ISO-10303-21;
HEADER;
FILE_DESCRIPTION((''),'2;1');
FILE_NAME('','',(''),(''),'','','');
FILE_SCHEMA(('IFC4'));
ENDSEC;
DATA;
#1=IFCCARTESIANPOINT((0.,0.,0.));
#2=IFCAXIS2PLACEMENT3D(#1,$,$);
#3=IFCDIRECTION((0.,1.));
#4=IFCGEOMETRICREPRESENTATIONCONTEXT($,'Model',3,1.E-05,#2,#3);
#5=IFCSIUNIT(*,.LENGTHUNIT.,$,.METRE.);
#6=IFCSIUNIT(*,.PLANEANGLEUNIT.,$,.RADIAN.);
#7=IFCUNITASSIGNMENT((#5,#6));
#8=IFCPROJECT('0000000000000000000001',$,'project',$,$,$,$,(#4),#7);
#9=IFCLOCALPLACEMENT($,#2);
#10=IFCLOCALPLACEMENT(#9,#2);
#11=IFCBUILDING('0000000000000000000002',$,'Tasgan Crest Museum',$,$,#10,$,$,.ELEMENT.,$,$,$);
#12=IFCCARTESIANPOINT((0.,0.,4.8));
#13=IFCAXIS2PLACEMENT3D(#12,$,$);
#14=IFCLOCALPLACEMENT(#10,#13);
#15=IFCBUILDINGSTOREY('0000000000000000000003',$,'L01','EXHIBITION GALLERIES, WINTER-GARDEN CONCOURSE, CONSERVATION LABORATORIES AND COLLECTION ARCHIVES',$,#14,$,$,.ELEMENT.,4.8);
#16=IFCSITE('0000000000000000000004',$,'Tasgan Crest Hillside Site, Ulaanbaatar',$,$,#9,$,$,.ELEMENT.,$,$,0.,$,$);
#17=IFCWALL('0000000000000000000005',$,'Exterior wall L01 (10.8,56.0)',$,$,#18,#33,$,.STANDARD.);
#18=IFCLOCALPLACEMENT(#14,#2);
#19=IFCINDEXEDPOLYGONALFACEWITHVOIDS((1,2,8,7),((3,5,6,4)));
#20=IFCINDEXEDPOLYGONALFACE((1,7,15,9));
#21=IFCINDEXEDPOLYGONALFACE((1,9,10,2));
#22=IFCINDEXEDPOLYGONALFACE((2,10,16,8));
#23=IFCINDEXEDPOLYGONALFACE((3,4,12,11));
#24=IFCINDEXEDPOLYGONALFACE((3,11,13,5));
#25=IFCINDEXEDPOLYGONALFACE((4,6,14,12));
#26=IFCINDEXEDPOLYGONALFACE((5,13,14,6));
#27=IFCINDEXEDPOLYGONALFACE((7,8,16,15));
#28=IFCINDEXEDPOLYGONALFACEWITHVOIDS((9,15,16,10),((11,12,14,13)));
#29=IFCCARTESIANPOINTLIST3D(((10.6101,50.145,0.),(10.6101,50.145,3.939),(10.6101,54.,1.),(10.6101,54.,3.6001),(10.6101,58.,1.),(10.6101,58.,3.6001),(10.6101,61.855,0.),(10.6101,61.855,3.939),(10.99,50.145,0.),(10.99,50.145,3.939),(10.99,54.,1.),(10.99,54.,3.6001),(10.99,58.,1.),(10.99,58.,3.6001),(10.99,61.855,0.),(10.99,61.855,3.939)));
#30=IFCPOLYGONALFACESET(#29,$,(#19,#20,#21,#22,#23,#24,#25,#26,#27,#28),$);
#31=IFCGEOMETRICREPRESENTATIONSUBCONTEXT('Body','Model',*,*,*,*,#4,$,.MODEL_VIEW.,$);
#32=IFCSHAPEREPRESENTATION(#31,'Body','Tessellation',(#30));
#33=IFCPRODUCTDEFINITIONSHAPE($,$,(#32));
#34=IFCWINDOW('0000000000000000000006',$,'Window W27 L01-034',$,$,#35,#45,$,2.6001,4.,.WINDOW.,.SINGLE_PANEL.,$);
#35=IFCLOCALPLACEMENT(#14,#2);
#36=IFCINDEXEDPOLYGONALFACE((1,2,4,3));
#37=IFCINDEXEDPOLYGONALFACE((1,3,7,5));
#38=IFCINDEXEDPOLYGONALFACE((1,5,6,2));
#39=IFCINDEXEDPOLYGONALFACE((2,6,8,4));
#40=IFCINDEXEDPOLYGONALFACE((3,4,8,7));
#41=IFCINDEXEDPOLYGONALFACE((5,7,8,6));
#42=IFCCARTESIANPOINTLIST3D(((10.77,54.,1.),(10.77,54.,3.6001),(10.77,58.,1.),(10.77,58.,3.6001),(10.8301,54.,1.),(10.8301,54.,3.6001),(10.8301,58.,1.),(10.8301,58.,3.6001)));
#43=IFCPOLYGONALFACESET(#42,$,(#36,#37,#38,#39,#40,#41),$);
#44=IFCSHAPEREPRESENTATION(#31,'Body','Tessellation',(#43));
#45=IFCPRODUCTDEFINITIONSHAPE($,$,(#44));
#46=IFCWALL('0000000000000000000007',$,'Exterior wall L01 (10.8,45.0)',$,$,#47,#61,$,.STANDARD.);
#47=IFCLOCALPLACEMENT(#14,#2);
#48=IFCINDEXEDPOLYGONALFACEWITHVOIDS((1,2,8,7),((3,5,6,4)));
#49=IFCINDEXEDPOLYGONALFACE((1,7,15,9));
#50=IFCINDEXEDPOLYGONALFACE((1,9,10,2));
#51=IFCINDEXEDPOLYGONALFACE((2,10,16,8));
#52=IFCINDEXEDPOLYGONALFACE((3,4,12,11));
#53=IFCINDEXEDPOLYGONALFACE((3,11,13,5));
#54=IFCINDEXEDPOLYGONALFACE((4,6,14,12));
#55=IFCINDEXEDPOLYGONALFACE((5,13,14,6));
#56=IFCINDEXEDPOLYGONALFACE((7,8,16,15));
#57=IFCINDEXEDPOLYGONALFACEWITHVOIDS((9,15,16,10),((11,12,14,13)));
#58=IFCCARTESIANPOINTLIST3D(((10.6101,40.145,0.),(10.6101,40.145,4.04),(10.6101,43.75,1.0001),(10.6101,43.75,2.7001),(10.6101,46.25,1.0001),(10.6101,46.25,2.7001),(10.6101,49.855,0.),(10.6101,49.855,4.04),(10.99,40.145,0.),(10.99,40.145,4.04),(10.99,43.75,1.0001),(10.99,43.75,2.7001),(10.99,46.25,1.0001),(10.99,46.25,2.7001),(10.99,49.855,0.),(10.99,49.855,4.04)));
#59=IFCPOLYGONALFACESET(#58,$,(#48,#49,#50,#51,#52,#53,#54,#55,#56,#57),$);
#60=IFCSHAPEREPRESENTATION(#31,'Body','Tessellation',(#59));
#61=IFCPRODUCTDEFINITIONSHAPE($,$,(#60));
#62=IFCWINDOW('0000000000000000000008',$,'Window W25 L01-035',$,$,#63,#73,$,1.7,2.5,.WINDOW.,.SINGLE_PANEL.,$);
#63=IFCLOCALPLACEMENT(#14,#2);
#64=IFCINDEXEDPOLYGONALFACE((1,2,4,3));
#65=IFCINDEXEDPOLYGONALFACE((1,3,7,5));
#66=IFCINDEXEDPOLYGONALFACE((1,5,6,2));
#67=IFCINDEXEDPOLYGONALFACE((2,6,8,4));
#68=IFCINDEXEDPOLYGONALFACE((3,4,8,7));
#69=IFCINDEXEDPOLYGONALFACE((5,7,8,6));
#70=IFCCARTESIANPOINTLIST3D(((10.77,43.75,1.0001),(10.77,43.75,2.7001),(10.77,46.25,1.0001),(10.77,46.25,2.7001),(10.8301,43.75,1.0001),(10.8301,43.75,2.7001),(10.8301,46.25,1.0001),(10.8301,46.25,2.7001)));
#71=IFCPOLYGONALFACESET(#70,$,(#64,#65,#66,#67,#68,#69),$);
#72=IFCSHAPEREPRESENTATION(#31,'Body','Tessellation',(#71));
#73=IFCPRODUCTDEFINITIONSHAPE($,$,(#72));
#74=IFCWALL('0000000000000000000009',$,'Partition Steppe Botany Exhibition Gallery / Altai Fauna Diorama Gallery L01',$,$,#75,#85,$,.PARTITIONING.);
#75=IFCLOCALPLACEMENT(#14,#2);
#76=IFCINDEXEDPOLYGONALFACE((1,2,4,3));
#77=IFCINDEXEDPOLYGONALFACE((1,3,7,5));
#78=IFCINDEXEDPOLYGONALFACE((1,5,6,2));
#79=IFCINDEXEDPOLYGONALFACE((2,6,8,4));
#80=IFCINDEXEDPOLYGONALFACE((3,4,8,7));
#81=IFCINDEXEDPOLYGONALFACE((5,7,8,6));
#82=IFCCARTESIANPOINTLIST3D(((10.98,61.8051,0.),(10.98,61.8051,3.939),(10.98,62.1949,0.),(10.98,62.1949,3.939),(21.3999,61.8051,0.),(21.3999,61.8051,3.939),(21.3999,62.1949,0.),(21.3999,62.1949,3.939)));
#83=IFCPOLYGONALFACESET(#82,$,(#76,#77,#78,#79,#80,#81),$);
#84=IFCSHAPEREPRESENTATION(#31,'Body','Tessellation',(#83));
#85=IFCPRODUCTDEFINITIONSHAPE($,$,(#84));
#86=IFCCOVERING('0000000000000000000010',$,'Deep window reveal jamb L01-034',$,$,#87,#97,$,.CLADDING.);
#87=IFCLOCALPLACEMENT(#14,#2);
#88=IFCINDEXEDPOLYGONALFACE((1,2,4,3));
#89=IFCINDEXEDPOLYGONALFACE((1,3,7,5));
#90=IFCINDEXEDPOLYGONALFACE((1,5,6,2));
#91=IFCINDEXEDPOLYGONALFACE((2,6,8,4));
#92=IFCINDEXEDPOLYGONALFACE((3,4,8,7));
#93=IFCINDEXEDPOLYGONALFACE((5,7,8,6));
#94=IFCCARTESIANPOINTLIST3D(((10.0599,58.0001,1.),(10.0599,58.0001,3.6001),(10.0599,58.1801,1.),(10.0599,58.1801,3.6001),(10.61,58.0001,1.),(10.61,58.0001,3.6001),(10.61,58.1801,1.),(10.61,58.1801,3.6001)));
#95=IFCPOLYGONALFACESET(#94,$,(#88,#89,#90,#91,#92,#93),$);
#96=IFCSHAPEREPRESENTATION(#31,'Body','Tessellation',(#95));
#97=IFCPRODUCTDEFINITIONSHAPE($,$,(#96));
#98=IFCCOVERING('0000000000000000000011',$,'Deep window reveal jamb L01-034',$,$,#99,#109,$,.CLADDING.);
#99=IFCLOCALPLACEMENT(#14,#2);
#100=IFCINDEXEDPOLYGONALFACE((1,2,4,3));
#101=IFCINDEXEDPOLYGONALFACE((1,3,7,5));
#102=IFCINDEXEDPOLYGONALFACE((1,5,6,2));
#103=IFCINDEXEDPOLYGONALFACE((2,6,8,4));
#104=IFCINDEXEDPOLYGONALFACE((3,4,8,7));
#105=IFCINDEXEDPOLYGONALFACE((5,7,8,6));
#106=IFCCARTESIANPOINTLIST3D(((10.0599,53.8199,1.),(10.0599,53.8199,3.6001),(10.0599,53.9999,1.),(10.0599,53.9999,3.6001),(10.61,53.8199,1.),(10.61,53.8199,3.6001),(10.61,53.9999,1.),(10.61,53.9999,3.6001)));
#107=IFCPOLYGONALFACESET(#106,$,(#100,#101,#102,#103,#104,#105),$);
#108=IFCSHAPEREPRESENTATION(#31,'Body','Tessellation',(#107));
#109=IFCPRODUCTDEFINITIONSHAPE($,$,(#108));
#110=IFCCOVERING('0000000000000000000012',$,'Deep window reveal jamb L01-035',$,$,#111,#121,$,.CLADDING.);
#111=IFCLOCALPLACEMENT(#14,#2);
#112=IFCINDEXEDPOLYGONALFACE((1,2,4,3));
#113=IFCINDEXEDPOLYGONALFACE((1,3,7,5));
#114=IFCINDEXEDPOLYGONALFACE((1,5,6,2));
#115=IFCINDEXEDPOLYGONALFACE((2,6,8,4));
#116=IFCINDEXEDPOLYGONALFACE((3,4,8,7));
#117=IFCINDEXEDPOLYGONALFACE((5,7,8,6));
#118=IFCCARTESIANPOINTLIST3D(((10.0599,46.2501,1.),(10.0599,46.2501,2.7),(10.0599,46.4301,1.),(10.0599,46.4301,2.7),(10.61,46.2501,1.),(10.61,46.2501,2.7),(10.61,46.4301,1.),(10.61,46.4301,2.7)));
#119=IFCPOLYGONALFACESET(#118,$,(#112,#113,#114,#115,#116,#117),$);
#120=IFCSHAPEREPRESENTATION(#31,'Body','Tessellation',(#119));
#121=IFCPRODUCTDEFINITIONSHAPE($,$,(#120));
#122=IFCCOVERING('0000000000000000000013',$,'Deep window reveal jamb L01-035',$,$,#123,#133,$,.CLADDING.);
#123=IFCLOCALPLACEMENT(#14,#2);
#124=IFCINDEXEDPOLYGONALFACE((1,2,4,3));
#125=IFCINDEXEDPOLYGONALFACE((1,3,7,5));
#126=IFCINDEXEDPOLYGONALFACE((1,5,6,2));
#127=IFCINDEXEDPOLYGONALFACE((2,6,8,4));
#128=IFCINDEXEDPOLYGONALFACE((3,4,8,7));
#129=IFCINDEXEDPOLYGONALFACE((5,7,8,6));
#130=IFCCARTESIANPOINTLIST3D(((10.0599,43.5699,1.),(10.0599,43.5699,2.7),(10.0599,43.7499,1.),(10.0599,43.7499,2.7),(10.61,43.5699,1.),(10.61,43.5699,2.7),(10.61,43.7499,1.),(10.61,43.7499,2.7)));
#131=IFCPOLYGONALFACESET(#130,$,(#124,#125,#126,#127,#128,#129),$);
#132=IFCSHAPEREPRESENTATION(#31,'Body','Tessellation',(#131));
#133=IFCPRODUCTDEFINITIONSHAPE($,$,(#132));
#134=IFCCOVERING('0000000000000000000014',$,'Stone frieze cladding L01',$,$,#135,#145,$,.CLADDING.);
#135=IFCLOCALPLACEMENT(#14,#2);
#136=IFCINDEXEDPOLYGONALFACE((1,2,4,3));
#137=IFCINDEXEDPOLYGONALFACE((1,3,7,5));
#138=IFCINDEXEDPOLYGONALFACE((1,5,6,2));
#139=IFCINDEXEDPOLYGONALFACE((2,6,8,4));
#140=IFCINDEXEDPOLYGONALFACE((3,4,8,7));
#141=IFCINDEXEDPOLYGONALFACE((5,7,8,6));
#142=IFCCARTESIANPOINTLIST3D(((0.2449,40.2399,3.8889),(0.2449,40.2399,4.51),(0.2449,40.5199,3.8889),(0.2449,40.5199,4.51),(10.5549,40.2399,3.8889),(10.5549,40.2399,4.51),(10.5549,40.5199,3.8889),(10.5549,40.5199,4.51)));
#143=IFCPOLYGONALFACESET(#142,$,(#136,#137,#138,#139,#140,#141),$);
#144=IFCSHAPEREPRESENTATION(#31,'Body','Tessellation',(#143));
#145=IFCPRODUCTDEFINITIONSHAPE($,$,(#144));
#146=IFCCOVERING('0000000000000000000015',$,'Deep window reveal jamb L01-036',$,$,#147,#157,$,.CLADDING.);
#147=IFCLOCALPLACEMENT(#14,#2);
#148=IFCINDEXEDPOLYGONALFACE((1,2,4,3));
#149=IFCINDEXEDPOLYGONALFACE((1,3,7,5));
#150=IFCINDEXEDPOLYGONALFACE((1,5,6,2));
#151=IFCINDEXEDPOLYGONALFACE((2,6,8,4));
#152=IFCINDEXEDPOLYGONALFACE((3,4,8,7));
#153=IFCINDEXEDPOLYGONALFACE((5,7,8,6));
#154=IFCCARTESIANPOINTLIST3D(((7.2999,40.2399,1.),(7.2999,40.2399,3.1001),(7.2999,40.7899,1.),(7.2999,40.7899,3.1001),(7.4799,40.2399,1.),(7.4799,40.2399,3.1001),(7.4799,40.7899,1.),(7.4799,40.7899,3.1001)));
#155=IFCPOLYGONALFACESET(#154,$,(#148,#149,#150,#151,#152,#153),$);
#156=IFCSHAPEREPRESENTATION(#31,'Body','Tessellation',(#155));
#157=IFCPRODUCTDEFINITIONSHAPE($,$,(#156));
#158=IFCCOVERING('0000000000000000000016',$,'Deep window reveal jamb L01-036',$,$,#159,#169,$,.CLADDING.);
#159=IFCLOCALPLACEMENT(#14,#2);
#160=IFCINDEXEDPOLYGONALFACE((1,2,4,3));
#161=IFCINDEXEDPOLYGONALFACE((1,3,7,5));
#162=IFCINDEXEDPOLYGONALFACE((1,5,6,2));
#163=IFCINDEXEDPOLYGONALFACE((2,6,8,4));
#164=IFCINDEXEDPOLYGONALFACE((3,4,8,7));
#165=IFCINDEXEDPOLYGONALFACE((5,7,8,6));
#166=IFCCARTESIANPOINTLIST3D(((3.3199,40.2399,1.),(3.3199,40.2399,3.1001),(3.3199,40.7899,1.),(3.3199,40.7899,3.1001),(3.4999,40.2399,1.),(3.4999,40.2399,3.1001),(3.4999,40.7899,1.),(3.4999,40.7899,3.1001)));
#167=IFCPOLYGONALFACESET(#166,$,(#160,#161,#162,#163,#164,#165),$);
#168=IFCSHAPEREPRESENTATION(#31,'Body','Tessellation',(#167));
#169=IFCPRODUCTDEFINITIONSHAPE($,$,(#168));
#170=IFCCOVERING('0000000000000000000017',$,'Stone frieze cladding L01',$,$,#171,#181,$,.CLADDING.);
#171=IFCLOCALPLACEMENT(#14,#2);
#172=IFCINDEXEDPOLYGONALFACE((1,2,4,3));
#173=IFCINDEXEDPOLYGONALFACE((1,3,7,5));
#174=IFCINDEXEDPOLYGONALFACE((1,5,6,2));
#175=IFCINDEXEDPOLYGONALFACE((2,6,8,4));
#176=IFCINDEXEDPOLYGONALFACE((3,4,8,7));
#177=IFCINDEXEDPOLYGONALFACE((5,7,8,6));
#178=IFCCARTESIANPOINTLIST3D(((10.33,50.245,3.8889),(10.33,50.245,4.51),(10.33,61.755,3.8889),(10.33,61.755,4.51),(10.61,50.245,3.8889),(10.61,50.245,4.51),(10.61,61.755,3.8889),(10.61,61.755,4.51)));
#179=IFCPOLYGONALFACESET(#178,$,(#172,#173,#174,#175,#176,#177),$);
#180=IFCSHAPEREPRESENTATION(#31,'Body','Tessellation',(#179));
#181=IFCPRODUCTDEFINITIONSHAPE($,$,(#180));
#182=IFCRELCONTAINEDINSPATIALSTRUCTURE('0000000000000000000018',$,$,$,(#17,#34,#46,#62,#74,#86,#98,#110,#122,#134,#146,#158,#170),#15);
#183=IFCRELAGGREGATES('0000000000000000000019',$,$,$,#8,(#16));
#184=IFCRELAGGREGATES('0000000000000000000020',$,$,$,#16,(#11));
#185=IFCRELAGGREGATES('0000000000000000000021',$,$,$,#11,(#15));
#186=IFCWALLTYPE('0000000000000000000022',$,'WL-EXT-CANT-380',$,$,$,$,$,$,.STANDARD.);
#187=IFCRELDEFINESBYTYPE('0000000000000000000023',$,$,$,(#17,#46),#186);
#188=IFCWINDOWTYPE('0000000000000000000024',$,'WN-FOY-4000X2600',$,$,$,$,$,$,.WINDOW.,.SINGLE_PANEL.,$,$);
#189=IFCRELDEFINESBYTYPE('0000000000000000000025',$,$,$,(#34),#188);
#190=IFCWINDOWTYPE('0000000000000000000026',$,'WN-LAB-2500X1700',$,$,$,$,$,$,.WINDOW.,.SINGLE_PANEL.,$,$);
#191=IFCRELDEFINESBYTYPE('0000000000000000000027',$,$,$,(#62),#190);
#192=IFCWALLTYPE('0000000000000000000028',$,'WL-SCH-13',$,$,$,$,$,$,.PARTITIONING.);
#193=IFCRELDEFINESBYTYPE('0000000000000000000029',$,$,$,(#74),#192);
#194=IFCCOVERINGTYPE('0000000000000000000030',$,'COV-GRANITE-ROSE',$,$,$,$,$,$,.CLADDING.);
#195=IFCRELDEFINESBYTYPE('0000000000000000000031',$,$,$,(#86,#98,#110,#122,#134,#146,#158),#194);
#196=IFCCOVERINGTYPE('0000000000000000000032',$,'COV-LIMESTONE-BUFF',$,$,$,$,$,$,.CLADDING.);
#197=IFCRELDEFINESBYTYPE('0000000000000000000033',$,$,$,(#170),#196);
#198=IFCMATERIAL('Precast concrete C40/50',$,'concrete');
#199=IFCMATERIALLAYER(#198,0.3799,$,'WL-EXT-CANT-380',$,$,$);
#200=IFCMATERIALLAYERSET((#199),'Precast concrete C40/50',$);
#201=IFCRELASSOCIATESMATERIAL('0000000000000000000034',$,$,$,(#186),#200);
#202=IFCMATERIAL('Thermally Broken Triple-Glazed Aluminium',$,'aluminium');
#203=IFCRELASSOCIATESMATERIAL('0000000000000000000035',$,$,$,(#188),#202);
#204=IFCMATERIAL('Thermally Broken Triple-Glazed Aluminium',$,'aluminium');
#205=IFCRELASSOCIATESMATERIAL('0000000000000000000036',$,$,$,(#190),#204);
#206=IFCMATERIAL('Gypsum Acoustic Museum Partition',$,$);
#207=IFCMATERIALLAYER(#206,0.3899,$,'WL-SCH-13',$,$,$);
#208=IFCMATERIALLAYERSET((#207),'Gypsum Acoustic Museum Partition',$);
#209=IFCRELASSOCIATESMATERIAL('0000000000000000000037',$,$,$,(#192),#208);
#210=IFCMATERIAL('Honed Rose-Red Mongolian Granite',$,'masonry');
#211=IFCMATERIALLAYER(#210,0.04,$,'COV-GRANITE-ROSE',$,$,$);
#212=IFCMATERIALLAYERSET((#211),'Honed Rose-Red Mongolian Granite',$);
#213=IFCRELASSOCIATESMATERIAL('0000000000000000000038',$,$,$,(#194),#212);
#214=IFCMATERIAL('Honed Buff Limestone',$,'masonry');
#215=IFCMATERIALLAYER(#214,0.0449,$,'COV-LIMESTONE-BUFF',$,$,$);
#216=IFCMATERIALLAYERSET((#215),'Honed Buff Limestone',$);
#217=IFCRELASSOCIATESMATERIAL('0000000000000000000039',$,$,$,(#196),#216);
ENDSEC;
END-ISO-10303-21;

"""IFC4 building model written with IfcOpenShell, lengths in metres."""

from ifc_helpers import new_model, si_unit, direction, frame, frame_2d, origin, origin_2d, place, context, subcontext, project, spatial, rectangle, extrude, material, layer, layer_set, type_object, element, fill, save


model = new_model("IFC4")

# Units and contexts
model_context = context("Model", 3, precision=1e-05, world=origin(), true_north=direction((0.0, 1.0)))
body_context = subcontext(model_context, "Body", "Model", "MODEL_VIEW")
ifc_project = project(units=[si_unit("LENGTHUNIT", "METRE"), si_unit("PLANEANGLEUNIT", "RADIAN")], contexts=[model_context])

# Site, building, storey
site_placement = place(None, origin())
site = spatial("IfcSite", under=ifc_project, at=site_placement, Name="Tasgan Crest Hillside Site, Ulaanbaatar", CompositionType="ELEMENT", RefElevation=0.0)
building_placement = place(site_placement, origin())
building = spatial("IfcBuilding", under=site, at=building_placement, Name="Tasgan Crest Museum", CompositionType="ELEMENT")
storey_placement = place(building_placement, frame((0.0, 0.0, 4.8)))
storey = spatial("IfcBuildingStorey", under=building, at=storey_placement, Name="L01", Description="EXHIBITION GALLERIES, WINTER-GARDEN CONCOURSE, CONSERVATION LABORATORIES AND COLLECTION ARCHIVES", CompositionType="ELEMENT", Elevation=4.8)

# Walls, openings, windows
ifc_material_1 = material(Name="Precast concrete C40/50", Category="concrete")
ifc_layer_1 = layer(ifc_material_1, 0.3799, Name="WL-EXT-CANT-380")
ifc_layer_set_1 = layer_set([ifc_layer_1], Name="Precast concrete C40/50")
wall_type_1 = type_object("IfcWallType", Name="WL-EXT-CANT-380", PredefinedType="STANDARD", material=ifc_layer_set_1)
wall_1_placement = place(storey_placement, frame((10.8, 61.855, 0.0), z_axis=(0.0, 0.0, 1.0), x_axis=(0.0, -1.0, 0.0)))
wall_1 = element("IfcWall", 1, at=wall_1_placement, inside=storey, type_object=wall_type_1, Name="Exterior wall L01 (10.8,56.0)", PredefinedType="STANDARD", context=body_context, shape_type="SweptSolid", body=[
    extrude(rectangle(XDim=11.71, YDim=0.3799, at=frame_2d((5.855, 0.0))), origin(), (0.0, 0.0, 1.0), 3.939),
])
opening_1_placement = place(wall_1_placement, frame((3.855, 0.0, 1.0)))
opening_1 = element("IfcOpeningElement", 2, at=opening_1_placement, cuts=wall_1, PredefinedType="OPENING", context=body_context, shape_type="SweptSolid", body=[
    extrude(rectangle(XDim=4.0, YDim=2.6001, at=frame_2d((2.0, 1.3))), frame((0.0, 0.2, 0.0), z_axis=(0.0, -1.0, 0.0), x_axis=(1.0, 0.0, 0.0)), (0.0, 0.0, 1.0), 0.3999),
])
ifc_material_2 = material(Name="Thermally Broken Triple-Glazed Aluminium", Category="aluminium")
window_type_1 = type_object("IfcWindowType", Name="WN-FOY-4000X2600", PartitioningType="SINGLE_PANEL", PredefinedType="WINDOW", material=ifc_material_2)
window_1_placement = place(opening_1_placement, origin())
window_1 = element("IfcWindow", 3, at=window_1_placement, inside=storey, type_object=window_type_1, Name="Window W27 L01-034", OverallHeight=2.6001, OverallWidth=4.0, PartitioningType="SINGLE_PANEL", PredefinedType="WINDOW", context=body_context, shape_type="SweptSolid", body=[
    extrude(rectangle(XDim=4.0, YDim=2.6001, at=frame_2d((2.0, 1.3))), frame((0.0, 0.03, 0.0), z_axis=(0.0, -1.0, 0.0), x_axis=(1.0, 0.0, 0.0)), (0.0, 0.0, 1.0), 0.0601),
])
fill(opening_1, window_1)
wall_2_placement = place(storey_placement, frame((10.8, 49.855, 0.0), z_axis=(0.0, 0.0, 1.0), x_axis=(0.0, -1.0, 0.0)))
wall_2 = element("IfcWall", 4, at=wall_2_placement, inside=storey, type_object=wall_type_1, Name="Exterior wall L01 (10.8,45.0)", PredefinedType="STANDARD", context=body_context, shape_type="SweptSolid", body=[
    extrude(rectangle(XDim=9.71, YDim=0.3799, at=frame_2d((4.855, 0.0))), origin(), (0.0, 0.0, 1.0), 4.04),
])
opening_2_placement = place(wall_2_placement, frame((3.605, 0.0, 1.0)))
opening_2 = element("IfcOpeningElement", 5, at=opening_2_placement, cuts=wall_2, PredefinedType="OPENING", context=body_context, shape_type="SweptSolid", body=[
    extrude(rectangle(XDim=2.5, YDim=1.7, at=frame_2d((1.25, 0.8501))), frame((0.0, 0.2, 0.0), z_axis=(0.0, -1.0, 0.0), x_axis=(1.0, 0.0, 0.0)), (0.0, 0.0, 1.0), 0.3999),
])
ifc_material_3 = material(Name="Thermally Broken Triple-Glazed Aluminium", Category="aluminium")
window_type_2 = type_object("IfcWindowType", Name="WN-LAB-2500X1700", PartitioningType="SINGLE_PANEL", PredefinedType="WINDOW", material=ifc_material_3)
window_2_placement = place(opening_2_placement, origin())
window_2 = element("IfcWindow", 6, at=window_2_placement, inside=storey, type_object=window_type_2, Name="Window W25 L01-035", OverallHeight=1.7, OverallWidth=2.5, PartitioningType="SINGLE_PANEL", PredefinedType="WINDOW", context=body_context, shape_type="SweptSolid", body=[
    extrude(rectangle(XDim=2.5, YDim=1.7, at=frame_2d((1.25, 0.8501))), frame((0.0, 0.03, 0.0), z_axis=(0.0, -1.0, 0.0), x_axis=(1.0, 0.0, 0.0)), (0.0, 0.0, 1.0), 0.0601),
])
fill(opening_2, window_2)

# Wall
ifc_material_4 = material(Name="Gypsum Acoustic Museum Partition")
ifc_layer_2 = layer(ifc_material_4, 0.3899, Name="WL-SCH-13")
ifc_layer_set_2 = layer_set([ifc_layer_2], Name="Gypsum Acoustic Museum Partition")
wall_type_2 = type_object("IfcWallType", Name="WL-SCH-13", PredefinedType="PARTITIONING", material=ifc_layer_set_2)
wall_3_placement = place(storey_placement, frame((10.98, 62.0, 0.0), z_axis=(0.0, 0.0, 1.0), x_axis=(1.0, 0.0, 0.0)))
element("IfcWall", 7, at=wall_3_placement, inside=storey, type_object=wall_type_2, Name="Partition Steppe Botany Exhibition Gallery / Altai Fauna Diorama Gallery L01", PredefinedType="PARTITIONING", context=body_context, shape_type="SweptSolid", body=[
    extrude(rectangle(XDim=10.4199, YDim=0.3899, at=frame_2d((5.21, 0.0))), origin(), (0.0, 0.0, 1.0), 3.939),
])

# Coverings
ifc_material_5 = material(Name="Honed Rose-Red Mongolian Granite", Category="masonry")
ifc_layer_3 = layer(ifc_material_5, 0.04, Name="COV-GRANITE-ROSE")
ifc_layer_set_3 = layer_set([ifc_layer_3], Name="Honed Rose-Red Mongolian Granite")
covering_type_1 = type_object("IfcCoveringType", Name="COV-GRANITE-ROSE", PredefinedType="CLADDING", material=ifc_layer_set_3)
for number, where, z_axis, x_axis, name in (
    (8, (10.335, 58.0901, 1.0), (0.0, 0.0, 1.0), (0.0, -1.0, 0.0), "Deep window reveal jamb L01-034"),
    (9, (10.335, 53.9099, 1.0), (0.0, 0.0, 1.0), (0.0, -1.0, 0.0), "Deep window reveal jamb L01-034"),
):
    element("IfcCovering", number, at=place(storey_placement, frame(where, z_axis=z_axis, x_axis=x_axis)), inside=storey, type_object=covering_type_1, Name=name, PredefinedType="CLADDING", context=body_context, shape_type="SweptSolid", body=[
        extrude(rectangle(XDim=0.1799, YDim=0.55, at=origin_2d()), origin(), (0.0, 0.0, 1.0), 2.6001),
    ])
for number, where, z_axis, x_axis, name in (
    (10, (10.335, 46.3401, 1.0), (0.0, 0.0, 1.0), (0.0, -1.0, 0.0), "Deep window reveal jamb L01-035"),
    (11, (10.335, 43.6599, 1.0), (0.0, 0.0, 1.0), (0.0, -1.0, 0.0), "Deep window reveal jamb L01-035"),
):
    element("IfcCovering", number, at=place(storey_placement, frame(where, z_axis=z_axis, x_axis=x_axis)), inside=storey, type_object=covering_type_1, Name=name, PredefinedType="CLADDING", context=body_context, shape_type="SweptSolid", body=[
        extrude(rectangle(XDim=0.1799, YDim=0.55, at=origin_2d()), origin(), (0.0, 0.0, 1.0), 1.7),
    ])
covering_1_placement = place(storey_placement, frame((5.3999, 40.3799, 3.8889), z_axis=(0.0, 0.0, 1.0), x_axis=(-1.0, 0.0, 0.0)))
element("IfcCovering", 12, at=covering_1_placement, inside=storey, type_object=covering_type_1, Name="Stone frieze cladding L01", PredefinedType="CLADDING", context=body_context, shape_type="SweptSolid", body=[
    extrude(rectangle(XDim=10.3101, YDim=0.28, at=origin_2d()), origin(), (0.0, 0.0, 1.0), 0.6211),
])
for number, where, z_axis, x_axis, name in (
    (13, (7.3899, 40.5149, 1.0), (0.0, 0.0, 1.0), (-1.0, 0.0, 0.0), "Deep window reveal jamb L01-036"),
    (14, (3.4099, 40.5149, 1.0), (0.0, 0.0, 1.0), (-1.0, 0.0, 0.0), "Deep window reveal jamb L01-036"),
):
    element("IfcCovering", number, at=place(storey_placement, frame(where, z_axis=z_axis, x_axis=x_axis)), inside=storey, type_object=covering_type_1, Name=name, PredefinedType="CLADDING", context=body_context, shape_type="SweptSolid", body=[
        extrude(rectangle(XDim=0.1799, YDim=0.55, at=origin_2d()), origin(), (0.0, 0.0, 1.0), 2.1001),
    ])
ifc_material_6 = material(Name="Honed Buff Limestone", Category="masonry")
ifc_layer_4 = layer(ifc_material_6, 0.0449, Name="COV-LIMESTONE-BUFF")
ifc_layer_set_4 = layer_set([ifc_layer_4], Name="Honed Buff Limestone")
covering_type_2 = type_object("IfcCoveringType", Name="COV-LIMESTONE-BUFF", PredefinedType="CLADDING", material=ifc_layer_set_4)
covering_2_placement = place(storey_placement, frame((10.47, 56.0, 3.8889), z_axis=(0.0, 0.0, 1.0), x_axis=(0.0, -1.0, 0.0)))
element("IfcCovering", 15, at=covering_2_placement, inside=storey, type_object=covering_type_2, Name="Stone frieze cladding L01", PredefinedType="CLADDING", context=body_context, shape_type="SweptSolid", body=[
    extrude(rectangle(XDim=11.51, YDim=0.28, at=origin_2d()), origin(), (0.0, 0.0, 1.0), 0.6211),
])

save(model, "model.ifc")
